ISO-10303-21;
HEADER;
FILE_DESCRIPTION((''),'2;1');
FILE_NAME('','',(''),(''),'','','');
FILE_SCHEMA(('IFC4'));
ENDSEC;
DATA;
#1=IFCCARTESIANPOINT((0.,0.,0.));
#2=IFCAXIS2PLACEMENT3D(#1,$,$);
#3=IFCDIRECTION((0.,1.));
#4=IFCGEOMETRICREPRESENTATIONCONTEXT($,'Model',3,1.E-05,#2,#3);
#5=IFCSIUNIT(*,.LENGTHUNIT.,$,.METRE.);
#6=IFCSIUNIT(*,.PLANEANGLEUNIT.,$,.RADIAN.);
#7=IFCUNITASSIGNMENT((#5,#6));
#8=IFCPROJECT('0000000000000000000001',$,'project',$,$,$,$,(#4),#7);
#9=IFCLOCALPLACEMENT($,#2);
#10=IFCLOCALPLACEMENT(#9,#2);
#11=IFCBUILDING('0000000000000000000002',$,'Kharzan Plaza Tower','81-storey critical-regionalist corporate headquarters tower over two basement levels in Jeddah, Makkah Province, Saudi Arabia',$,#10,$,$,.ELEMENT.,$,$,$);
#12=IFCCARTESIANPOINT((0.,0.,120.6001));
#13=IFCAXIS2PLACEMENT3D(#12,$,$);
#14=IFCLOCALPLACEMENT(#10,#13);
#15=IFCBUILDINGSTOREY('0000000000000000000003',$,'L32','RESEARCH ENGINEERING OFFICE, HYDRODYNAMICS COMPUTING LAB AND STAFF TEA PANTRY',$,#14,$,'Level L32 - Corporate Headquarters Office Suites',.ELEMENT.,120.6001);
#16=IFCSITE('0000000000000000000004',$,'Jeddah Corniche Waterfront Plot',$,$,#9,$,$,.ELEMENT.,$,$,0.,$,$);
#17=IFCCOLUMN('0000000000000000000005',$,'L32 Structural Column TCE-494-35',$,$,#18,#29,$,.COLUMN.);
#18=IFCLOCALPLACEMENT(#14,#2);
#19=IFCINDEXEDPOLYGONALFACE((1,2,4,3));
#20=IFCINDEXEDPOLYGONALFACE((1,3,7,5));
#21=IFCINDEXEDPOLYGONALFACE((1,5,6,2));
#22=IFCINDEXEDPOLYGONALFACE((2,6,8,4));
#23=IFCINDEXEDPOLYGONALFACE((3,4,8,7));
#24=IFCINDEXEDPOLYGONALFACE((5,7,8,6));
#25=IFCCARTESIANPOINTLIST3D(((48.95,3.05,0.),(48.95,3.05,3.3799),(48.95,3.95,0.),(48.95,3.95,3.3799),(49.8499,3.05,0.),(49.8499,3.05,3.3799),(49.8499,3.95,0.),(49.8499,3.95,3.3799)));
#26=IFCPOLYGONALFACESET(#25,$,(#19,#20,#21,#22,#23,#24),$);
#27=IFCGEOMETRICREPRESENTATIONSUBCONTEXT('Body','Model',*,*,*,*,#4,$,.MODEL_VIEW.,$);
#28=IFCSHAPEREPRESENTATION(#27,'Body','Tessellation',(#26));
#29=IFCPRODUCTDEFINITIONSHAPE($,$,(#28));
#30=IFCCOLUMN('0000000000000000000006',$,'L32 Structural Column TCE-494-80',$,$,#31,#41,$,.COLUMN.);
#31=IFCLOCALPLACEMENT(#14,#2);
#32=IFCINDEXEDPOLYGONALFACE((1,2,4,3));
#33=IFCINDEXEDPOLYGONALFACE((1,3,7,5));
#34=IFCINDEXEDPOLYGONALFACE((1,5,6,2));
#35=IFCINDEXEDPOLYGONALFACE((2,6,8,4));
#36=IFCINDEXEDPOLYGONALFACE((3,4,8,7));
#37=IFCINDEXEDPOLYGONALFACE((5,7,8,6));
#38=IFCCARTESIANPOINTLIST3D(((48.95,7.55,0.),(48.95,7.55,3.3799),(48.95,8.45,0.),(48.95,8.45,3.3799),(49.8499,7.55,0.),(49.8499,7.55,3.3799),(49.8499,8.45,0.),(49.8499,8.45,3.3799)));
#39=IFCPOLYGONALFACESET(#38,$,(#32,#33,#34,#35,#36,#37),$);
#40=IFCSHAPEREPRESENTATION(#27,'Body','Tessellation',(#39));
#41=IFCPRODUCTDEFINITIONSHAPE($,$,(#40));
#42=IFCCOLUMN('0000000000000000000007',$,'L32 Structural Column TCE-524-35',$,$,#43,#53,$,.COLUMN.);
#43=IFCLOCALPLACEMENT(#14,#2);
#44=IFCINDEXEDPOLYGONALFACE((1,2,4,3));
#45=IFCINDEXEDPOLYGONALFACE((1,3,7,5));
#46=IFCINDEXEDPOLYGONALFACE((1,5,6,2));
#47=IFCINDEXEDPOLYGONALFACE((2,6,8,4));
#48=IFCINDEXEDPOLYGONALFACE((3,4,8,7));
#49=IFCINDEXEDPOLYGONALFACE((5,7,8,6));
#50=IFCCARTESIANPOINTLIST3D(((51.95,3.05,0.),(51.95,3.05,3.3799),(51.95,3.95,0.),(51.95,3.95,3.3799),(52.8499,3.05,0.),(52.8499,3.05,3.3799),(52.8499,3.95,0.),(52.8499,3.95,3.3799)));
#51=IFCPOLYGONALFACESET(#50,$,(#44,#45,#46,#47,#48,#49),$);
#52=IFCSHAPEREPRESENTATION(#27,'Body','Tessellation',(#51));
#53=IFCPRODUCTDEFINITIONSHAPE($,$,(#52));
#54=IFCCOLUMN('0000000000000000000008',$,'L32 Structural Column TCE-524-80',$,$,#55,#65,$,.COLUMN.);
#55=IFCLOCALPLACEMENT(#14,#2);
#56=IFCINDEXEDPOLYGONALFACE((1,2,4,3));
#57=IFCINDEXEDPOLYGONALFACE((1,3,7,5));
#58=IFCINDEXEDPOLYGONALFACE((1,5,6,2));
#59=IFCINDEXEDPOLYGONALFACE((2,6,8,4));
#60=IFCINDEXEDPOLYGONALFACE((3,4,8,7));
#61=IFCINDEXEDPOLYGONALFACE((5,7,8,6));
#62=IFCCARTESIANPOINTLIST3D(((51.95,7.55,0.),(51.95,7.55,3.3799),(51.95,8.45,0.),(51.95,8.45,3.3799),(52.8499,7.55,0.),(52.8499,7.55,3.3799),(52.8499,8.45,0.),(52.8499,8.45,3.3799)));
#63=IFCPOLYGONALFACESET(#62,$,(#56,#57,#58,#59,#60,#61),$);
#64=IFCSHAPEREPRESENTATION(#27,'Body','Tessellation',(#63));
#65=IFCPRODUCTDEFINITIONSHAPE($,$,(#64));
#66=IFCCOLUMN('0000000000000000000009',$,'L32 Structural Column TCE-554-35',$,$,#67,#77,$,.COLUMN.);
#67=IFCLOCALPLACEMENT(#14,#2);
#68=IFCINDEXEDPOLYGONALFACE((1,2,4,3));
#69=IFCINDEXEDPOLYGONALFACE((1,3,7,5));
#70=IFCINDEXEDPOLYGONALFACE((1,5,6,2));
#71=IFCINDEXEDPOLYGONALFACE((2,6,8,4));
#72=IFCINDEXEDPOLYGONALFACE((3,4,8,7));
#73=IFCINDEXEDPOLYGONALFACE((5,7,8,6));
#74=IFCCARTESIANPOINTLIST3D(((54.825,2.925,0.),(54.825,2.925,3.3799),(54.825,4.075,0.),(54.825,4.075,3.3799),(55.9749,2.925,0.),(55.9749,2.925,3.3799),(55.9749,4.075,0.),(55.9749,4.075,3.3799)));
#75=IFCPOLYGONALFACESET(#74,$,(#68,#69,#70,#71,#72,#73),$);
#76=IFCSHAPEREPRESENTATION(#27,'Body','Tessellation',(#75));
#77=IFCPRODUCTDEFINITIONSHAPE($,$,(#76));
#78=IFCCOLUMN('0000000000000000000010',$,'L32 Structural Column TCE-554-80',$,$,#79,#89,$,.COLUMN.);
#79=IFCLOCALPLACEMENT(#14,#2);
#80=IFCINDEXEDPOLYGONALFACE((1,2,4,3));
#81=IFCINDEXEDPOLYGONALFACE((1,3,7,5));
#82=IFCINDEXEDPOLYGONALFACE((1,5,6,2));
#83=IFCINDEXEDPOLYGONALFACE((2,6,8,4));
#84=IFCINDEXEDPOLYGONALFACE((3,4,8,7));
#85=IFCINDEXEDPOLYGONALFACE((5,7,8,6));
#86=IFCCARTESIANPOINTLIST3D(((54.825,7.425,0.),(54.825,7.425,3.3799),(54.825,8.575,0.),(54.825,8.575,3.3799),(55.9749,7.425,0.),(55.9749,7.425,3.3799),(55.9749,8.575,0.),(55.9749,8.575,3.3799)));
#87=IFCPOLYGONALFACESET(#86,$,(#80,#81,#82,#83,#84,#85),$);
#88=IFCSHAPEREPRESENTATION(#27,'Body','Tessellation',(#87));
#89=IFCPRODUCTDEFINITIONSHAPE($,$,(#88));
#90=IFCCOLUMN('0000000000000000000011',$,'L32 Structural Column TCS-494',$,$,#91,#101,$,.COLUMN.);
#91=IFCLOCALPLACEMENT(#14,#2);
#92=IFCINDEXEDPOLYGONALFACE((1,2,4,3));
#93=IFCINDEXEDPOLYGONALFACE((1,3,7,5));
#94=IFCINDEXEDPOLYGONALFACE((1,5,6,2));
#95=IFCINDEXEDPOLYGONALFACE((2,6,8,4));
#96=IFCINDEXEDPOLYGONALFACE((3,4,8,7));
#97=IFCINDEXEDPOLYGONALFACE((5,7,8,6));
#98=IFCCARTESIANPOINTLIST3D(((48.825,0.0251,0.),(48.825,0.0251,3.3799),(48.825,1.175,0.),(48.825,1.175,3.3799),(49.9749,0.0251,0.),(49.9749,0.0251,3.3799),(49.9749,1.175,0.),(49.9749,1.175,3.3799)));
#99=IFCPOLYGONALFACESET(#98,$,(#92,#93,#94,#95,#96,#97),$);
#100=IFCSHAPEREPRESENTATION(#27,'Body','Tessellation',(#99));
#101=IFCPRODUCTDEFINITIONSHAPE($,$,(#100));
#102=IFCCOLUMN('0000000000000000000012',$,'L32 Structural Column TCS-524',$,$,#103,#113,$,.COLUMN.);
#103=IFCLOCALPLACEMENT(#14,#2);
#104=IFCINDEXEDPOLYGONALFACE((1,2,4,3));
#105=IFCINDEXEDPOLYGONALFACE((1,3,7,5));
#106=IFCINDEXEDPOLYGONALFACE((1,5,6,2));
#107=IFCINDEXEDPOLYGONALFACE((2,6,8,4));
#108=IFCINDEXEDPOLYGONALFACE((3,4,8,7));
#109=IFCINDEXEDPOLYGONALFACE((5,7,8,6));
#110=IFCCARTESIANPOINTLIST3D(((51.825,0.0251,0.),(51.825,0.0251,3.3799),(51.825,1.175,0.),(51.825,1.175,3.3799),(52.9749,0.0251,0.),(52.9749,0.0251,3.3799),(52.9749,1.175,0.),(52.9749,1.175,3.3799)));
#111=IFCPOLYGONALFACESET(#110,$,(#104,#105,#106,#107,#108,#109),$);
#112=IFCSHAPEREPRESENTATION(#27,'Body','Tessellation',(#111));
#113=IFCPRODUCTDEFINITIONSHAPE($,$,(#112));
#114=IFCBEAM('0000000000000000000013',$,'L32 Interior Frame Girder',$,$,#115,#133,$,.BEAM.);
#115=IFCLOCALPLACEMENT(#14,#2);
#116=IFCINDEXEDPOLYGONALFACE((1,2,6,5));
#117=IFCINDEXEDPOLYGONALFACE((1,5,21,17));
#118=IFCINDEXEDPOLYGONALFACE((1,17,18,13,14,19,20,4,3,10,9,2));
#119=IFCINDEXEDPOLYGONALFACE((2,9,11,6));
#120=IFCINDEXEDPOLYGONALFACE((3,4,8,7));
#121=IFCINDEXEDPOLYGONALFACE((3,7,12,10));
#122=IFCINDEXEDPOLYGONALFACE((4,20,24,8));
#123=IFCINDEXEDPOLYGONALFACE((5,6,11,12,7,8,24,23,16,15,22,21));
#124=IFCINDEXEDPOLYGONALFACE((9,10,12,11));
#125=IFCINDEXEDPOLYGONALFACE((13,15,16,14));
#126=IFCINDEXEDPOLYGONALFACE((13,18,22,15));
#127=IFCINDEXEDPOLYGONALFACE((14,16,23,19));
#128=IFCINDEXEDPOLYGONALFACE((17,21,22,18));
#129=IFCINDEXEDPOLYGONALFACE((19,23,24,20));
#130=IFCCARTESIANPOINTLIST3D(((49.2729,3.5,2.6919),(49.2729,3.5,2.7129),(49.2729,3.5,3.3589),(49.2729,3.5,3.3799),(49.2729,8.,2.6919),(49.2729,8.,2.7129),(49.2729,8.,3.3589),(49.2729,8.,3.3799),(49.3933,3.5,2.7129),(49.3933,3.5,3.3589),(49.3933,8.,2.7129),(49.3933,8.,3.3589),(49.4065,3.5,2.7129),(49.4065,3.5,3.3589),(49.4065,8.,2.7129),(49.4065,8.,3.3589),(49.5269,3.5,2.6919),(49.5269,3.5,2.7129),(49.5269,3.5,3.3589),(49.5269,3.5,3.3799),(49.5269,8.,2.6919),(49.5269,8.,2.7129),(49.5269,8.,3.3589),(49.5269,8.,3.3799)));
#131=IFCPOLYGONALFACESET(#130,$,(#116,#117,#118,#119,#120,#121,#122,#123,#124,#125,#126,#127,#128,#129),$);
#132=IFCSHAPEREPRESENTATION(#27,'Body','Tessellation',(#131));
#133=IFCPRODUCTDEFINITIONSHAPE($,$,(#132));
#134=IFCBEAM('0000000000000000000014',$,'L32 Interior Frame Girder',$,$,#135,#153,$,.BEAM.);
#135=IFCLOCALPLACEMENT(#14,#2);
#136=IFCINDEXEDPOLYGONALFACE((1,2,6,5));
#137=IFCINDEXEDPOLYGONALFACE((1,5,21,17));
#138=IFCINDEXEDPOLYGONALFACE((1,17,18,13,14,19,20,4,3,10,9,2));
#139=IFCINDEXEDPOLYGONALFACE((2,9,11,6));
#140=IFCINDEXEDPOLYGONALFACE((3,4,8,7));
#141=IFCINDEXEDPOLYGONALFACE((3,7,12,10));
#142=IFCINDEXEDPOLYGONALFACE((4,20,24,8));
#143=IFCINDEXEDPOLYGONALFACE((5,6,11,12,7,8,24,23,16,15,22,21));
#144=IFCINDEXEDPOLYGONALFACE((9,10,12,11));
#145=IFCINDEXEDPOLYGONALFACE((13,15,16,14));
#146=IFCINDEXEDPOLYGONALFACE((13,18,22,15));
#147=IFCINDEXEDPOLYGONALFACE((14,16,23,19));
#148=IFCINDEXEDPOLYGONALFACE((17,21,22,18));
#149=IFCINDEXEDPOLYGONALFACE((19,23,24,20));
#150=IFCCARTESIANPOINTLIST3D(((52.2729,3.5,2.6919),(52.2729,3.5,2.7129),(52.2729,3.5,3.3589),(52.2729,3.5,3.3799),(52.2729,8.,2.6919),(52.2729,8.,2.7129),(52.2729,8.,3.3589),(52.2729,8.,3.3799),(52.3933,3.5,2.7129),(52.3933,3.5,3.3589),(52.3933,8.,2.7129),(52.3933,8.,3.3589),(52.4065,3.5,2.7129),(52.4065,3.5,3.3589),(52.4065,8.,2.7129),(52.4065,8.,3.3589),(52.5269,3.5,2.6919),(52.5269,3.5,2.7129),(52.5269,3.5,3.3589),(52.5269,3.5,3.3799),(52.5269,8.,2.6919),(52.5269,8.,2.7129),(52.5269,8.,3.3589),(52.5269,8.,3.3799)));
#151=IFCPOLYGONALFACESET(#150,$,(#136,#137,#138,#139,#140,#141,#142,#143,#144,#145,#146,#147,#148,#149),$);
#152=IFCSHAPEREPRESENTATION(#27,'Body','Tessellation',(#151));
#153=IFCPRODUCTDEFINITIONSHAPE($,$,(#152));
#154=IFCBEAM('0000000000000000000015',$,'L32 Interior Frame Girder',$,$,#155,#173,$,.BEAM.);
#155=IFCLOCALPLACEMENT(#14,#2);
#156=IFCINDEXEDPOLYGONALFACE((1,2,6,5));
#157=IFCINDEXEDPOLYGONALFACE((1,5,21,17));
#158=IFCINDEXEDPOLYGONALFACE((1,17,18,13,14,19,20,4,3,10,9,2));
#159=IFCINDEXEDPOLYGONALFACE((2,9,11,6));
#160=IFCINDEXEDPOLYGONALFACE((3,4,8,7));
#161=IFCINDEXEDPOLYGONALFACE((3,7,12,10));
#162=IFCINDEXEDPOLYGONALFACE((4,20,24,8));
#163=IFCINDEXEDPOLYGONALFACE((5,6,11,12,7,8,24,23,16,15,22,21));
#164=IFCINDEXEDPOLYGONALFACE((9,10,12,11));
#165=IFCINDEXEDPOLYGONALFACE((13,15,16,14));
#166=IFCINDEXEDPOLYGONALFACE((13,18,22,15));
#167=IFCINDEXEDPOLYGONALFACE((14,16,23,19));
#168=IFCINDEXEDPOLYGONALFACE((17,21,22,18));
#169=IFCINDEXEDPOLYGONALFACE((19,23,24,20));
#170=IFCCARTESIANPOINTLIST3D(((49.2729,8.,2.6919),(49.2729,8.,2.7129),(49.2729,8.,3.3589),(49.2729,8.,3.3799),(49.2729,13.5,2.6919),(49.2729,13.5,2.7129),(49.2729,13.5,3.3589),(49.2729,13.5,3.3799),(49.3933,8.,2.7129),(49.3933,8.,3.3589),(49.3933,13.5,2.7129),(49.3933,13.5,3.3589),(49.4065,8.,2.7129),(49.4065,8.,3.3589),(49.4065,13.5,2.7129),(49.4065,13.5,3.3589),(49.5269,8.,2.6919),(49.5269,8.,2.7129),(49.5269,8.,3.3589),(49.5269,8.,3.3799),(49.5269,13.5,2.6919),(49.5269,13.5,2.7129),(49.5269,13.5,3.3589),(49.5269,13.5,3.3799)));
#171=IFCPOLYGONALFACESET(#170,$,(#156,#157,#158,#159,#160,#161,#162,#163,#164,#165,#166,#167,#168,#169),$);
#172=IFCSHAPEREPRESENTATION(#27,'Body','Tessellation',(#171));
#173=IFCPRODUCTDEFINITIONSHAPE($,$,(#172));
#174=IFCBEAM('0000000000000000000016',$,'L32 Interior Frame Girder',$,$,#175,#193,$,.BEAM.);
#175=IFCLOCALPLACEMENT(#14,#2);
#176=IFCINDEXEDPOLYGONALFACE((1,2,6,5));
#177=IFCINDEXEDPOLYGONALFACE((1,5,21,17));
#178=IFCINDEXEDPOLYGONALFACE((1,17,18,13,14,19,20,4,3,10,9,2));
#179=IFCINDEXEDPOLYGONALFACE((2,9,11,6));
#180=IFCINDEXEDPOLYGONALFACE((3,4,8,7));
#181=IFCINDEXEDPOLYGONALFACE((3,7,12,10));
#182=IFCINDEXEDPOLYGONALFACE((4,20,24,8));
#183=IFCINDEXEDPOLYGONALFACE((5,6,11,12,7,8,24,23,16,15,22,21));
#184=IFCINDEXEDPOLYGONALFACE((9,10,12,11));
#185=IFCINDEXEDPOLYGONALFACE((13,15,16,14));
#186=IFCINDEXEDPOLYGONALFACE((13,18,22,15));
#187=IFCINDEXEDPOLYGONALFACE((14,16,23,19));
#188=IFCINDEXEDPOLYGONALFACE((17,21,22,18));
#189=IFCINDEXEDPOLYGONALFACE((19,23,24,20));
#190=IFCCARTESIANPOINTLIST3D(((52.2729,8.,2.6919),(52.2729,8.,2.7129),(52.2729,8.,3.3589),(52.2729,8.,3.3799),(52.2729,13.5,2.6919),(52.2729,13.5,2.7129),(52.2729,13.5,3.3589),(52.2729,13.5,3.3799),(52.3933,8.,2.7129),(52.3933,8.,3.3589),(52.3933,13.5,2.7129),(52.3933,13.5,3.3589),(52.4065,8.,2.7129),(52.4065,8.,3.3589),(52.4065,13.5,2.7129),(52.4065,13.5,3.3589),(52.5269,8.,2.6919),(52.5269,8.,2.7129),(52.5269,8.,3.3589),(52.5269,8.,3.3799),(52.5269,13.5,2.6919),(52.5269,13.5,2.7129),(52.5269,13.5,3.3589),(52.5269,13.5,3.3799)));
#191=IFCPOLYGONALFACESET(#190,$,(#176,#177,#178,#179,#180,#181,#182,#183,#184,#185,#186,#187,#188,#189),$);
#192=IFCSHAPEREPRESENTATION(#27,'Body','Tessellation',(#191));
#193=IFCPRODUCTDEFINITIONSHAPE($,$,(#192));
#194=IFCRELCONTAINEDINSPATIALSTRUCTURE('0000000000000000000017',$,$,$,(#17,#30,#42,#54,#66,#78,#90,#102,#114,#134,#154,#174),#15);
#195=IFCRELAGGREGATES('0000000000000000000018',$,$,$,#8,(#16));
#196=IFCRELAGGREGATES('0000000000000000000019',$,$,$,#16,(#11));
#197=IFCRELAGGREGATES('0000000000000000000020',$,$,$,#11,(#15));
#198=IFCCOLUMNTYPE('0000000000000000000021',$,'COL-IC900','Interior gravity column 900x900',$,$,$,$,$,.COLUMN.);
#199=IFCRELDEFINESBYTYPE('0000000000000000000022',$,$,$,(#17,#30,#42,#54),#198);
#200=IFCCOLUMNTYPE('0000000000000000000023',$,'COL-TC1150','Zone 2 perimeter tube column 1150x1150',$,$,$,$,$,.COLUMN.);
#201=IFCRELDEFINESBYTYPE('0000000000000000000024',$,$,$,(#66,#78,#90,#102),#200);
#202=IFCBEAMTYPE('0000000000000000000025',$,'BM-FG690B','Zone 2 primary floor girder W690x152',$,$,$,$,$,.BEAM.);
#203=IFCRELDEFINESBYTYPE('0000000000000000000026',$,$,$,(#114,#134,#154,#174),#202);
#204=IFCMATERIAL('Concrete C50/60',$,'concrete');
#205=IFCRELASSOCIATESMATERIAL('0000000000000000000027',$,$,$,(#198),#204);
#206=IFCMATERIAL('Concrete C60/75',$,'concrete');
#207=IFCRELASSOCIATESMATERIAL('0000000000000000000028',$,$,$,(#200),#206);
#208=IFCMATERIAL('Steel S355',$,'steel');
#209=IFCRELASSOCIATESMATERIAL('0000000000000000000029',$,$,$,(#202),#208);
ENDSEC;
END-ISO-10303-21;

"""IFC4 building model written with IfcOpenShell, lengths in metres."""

from ifc_helpers import new_model, si_unit, direction, frame, origin, origin_2d, place, context, subcontext, project, spatial, rectangle, i_section, extrude, source, transform, mapped, material, material_profile, profile_set, type_object, element, save


model = new_model("IFC4")

# Units and contexts
model_context = context("Model", 3, precision=1e-05, world=origin(), true_north=direction((0.0, 1.0)))
body_context = subcontext(model_context, "Body", "Model", "MODEL_VIEW")
ifc_project = project(units=[si_unit("LENGTHUNIT", "METRE"), si_unit("PLANEANGLEUNIT", "RADIAN")], contexts=[model_context])

# Site, building, storey
site_placement = place(None, origin())
site = spatial("IfcSite", under=ifc_project, at=site_placement, Name="Jeddah Corniche Waterfront Plot", CompositionType="ELEMENT", RefElevation=0.0)
building_placement = place(site_placement, origin())
building = spatial("IfcBuilding", under=site, at=building_placement, Name="Kharzan Plaza Tower", Description="81-storey critical-regionalist corporate headquarters tower over two basement levels in Jeddah, Makkah Province, Saudi Arabia", CompositionType="ELEMENT")
storey_placement = place(building_placement, frame((0.0, 0.0, 120.6001)))
storey = spatial("IfcBuildingStorey", under=building, at=storey_placement, Name="L32", Description="RESEARCH ENGINEERING OFFICE, HYDRODYNAMICS COMPUTING LAB AND STAFF TEA PANTRY", LongName="Level L32 - Corporate Headquarters Office Suites", CompositionType="ELEMENT", Elevation=120.6001)

# Columns
ifc_material_1 = material(Name="Concrete C50/60", Category="concrete")
ifc_material_profile_1 = material_profile(ifc_material_1, rectangle(XDim=0.8999, YDim=0.8999, at=origin_2d()), Name="RC-IC900x900")
ifc_profile_set_1 = profile_set([ifc_material_profile_1], Name="Concrete C50/60")
column_type_1 = type_object("IfcColumnType", Name="COL-IC900", Description="Interior gravity column 900x900", PredefinedType="COLUMN", material=ifc_profile_set_1)
shared_shape_1 = source(origin(), body_context, "Body", "SweptSolid", [
    extrude(rectangle(XDim=0.8999, YDim=0.8999, at=origin_2d()), origin(), (0.0, 0.0, 1.0), 3.3799),
])
for number, where, z_axis, x_axis, name in (
    (1, (49.3999, 3.5, 0.0), (0.0, 0.0, 1.0), (1.0, 0.0, 0.0), "L32 Structural Column TCE-494-35"),
    (2, (49.3999, 8.0, 0.0), (0.0, 0.0, 1.0), (1.0, 0.0, 0.0), "L32 Structural Column TCE-494-80"),
    (3, (52.3999, 3.5, 0.0), (0.0, 0.0, 1.0), (1.0, 0.0, 0.0), "L32 Structural Column TCE-524-35"),
    (4, (52.3999, 8.0, 0.0), (0.0, 0.0, 1.0), (1.0, 0.0, 0.0), "L32 Structural Column TCE-524-80"),
):
    element("IfcColumn", number, at=place(storey_placement, frame(where, z_axis=z_axis, x_axis=x_axis)), inside=storey, type_object=column_type_1, Name=name, PredefinedType="COLUMN", context=body_context, shape_type="MappedRepresentation", body=[
        mapped(shared_shape_1, transform((0.0, 0.0, 0.0), x_axis=(1.0, 0.0, 0.0), y_axis=(0.0, 1.0, 0.0), z_axis=(0.0, 0.0, 1.0))),
    ])
ifc_material_2 = material(Name="Concrete C60/75", Category="concrete")
ifc_material_profile_2 = material_profile(ifc_material_2, rectangle(XDim=1.1499, YDim=1.1499, at=origin_2d()), Name="RC-TC1150x1150")
ifc_profile_set_2 = profile_set([ifc_material_profile_2], Name="Concrete C60/75")
column_type_2 = type_object("IfcColumnType", Name="COL-TC1150", Description="Zone 2 perimeter tube column 1150x1150", PredefinedType="COLUMN", material=ifc_profile_set_2)
shared_shape_2 = source(origin(), body_context, "Body", "SweptSolid", [
    extrude(rectangle(XDim=1.1499, YDim=1.1499, at=origin_2d()), origin(), (0.0, 0.0, 1.0), 3.3799),
])
for number, where, z_axis, x_axis, name in (
    (5, (55.3999, 3.5, 0.0), (0.0, 0.0, 1.0), (1.0, 0.0, 0.0), "L32 Structural Column TCE-554-35"),
    (6, (55.3999, 8.0, 0.0), (0.0, 0.0, 1.0), (1.0, 0.0, 0.0), "L32 Structural Column TCE-554-80"),
    (7, (49.3999, 0.6001, 0.0), (0.0, 0.0, 1.0), (1.0, 0.0, 0.0), "L32 Structural Column TCS-494"),
    (8, (52.3999, 0.6001, 0.0), (0.0, 0.0, 1.0), (1.0, 0.0, 0.0), "L32 Structural Column TCS-524"),
):
    element("IfcColumn", number, at=place(storey_placement, frame(where, z_axis=z_axis, x_axis=x_axis)), inside=storey, type_object=column_type_2, Name=name, PredefinedType="COLUMN", context=body_context, shape_type="MappedRepresentation", body=[
        mapped(shared_shape_2, transform((0.0, 0.0, 0.0), x_axis=(1.0, 0.0, 0.0), y_axis=(0.0, 1.0, 0.0), z_axis=(0.0, 0.0, 1.0))),
    ])

# Beams
ifc_material_3 = material(Name="Steel S355", Category="steel")
ifc_material_profile_3 = material_profile(ifc_material_3, i_section(OverallWidth=0.2539, OverallDepth=0.688, WebThickness=0.0132, FlangeThickness=0.021, at=origin_2d()), Name="W690x152")
ifc_profile_set_3 = profile_set([ifc_material_profile_3], Name="Steel S355")
beam_type_1 = type_object("IfcBeamType", Name="BM-FG690B", Description="Zone 2 primary floor girder W690x152", PredefinedType="BEAM", material=ifc_profile_set_3)
shared_shape_3 = source(origin(), body_context, "Body", "SweptSolid", [
    extrude(i_section(OverallWidth=0.2539, OverallDepth=0.688, WebThickness=0.0132, FlangeThickness=0.021, at=origin_2d()), origin(), (0.0, 0.0, 1.0), 4.5),
])
for number, where, z_axis, x_axis, name in (
    (9, (49.3999, 3.5, 3.0359), (0.0, 1.0, 0.0), (-1.0, 0.0, 0.0), "L32 Interior Frame Girder"),
    (10, (52.3999, 3.5, 3.0359), (0.0, 1.0, 0.0), (-1.0, 0.0, 0.0), "L32 Interior Frame Girder"),
):
    element("IfcBeam", number, at=place(storey_placement, frame(where, z_axis=z_axis, x_axis=x_axis)), inside=storey, type_object=beam_type_1, Name=name, PredefinedType="BEAM", context=body_context, shape_type="MappedRepresentation", body=[
        mapped(shared_shape_3, transform((0.0, 0.0, 0.0), x_axis=(1.0, 0.0, 0.0), y_axis=(0.0, 1.0, 0.0), z_axis=(0.0, 0.0, 1.0))),
    ])
shared_shape_4 = source(origin(), body_context, "Body", "SweptSolid", [
    extrude(i_section(OverallWidth=0.2539, OverallDepth=0.688, WebThickness=0.0132, FlangeThickness=0.021, at=origin_2d()), origin(), (0.0, 0.0, 1.0), 5.5),
])
for number, where, z_axis, x_axis, name in (
    (11, (49.3999, 8.0, 3.0359), (0.0, 1.0, 0.0), (-1.0, 0.0, 0.0), "L32 Interior Frame Girder"),
    (12, (52.3999, 8.0, 3.0359), (0.0, 1.0, 0.0), (-1.0, 0.0, 0.0), "L32 Interior Frame Girder"),
):
    element("IfcBeam", number, at=place(storey_placement, frame(where, z_axis=z_axis, x_axis=x_axis)), inside=storey, type_object=beam_type_1, Name=name, PredefinedType="BEAM", context=body_context, shape_type="MappedRepresentation", body=[
        mapped(shared_shape_4, transform((0.0, 0.0, 0.0), x_axis=(1.0, 0.0, 0.0), y_axis=(0.0, 1.0, 0.0), z_axis=(0.0, 0.0, 1.0))),
    ])

save(model, "model.ifc")
